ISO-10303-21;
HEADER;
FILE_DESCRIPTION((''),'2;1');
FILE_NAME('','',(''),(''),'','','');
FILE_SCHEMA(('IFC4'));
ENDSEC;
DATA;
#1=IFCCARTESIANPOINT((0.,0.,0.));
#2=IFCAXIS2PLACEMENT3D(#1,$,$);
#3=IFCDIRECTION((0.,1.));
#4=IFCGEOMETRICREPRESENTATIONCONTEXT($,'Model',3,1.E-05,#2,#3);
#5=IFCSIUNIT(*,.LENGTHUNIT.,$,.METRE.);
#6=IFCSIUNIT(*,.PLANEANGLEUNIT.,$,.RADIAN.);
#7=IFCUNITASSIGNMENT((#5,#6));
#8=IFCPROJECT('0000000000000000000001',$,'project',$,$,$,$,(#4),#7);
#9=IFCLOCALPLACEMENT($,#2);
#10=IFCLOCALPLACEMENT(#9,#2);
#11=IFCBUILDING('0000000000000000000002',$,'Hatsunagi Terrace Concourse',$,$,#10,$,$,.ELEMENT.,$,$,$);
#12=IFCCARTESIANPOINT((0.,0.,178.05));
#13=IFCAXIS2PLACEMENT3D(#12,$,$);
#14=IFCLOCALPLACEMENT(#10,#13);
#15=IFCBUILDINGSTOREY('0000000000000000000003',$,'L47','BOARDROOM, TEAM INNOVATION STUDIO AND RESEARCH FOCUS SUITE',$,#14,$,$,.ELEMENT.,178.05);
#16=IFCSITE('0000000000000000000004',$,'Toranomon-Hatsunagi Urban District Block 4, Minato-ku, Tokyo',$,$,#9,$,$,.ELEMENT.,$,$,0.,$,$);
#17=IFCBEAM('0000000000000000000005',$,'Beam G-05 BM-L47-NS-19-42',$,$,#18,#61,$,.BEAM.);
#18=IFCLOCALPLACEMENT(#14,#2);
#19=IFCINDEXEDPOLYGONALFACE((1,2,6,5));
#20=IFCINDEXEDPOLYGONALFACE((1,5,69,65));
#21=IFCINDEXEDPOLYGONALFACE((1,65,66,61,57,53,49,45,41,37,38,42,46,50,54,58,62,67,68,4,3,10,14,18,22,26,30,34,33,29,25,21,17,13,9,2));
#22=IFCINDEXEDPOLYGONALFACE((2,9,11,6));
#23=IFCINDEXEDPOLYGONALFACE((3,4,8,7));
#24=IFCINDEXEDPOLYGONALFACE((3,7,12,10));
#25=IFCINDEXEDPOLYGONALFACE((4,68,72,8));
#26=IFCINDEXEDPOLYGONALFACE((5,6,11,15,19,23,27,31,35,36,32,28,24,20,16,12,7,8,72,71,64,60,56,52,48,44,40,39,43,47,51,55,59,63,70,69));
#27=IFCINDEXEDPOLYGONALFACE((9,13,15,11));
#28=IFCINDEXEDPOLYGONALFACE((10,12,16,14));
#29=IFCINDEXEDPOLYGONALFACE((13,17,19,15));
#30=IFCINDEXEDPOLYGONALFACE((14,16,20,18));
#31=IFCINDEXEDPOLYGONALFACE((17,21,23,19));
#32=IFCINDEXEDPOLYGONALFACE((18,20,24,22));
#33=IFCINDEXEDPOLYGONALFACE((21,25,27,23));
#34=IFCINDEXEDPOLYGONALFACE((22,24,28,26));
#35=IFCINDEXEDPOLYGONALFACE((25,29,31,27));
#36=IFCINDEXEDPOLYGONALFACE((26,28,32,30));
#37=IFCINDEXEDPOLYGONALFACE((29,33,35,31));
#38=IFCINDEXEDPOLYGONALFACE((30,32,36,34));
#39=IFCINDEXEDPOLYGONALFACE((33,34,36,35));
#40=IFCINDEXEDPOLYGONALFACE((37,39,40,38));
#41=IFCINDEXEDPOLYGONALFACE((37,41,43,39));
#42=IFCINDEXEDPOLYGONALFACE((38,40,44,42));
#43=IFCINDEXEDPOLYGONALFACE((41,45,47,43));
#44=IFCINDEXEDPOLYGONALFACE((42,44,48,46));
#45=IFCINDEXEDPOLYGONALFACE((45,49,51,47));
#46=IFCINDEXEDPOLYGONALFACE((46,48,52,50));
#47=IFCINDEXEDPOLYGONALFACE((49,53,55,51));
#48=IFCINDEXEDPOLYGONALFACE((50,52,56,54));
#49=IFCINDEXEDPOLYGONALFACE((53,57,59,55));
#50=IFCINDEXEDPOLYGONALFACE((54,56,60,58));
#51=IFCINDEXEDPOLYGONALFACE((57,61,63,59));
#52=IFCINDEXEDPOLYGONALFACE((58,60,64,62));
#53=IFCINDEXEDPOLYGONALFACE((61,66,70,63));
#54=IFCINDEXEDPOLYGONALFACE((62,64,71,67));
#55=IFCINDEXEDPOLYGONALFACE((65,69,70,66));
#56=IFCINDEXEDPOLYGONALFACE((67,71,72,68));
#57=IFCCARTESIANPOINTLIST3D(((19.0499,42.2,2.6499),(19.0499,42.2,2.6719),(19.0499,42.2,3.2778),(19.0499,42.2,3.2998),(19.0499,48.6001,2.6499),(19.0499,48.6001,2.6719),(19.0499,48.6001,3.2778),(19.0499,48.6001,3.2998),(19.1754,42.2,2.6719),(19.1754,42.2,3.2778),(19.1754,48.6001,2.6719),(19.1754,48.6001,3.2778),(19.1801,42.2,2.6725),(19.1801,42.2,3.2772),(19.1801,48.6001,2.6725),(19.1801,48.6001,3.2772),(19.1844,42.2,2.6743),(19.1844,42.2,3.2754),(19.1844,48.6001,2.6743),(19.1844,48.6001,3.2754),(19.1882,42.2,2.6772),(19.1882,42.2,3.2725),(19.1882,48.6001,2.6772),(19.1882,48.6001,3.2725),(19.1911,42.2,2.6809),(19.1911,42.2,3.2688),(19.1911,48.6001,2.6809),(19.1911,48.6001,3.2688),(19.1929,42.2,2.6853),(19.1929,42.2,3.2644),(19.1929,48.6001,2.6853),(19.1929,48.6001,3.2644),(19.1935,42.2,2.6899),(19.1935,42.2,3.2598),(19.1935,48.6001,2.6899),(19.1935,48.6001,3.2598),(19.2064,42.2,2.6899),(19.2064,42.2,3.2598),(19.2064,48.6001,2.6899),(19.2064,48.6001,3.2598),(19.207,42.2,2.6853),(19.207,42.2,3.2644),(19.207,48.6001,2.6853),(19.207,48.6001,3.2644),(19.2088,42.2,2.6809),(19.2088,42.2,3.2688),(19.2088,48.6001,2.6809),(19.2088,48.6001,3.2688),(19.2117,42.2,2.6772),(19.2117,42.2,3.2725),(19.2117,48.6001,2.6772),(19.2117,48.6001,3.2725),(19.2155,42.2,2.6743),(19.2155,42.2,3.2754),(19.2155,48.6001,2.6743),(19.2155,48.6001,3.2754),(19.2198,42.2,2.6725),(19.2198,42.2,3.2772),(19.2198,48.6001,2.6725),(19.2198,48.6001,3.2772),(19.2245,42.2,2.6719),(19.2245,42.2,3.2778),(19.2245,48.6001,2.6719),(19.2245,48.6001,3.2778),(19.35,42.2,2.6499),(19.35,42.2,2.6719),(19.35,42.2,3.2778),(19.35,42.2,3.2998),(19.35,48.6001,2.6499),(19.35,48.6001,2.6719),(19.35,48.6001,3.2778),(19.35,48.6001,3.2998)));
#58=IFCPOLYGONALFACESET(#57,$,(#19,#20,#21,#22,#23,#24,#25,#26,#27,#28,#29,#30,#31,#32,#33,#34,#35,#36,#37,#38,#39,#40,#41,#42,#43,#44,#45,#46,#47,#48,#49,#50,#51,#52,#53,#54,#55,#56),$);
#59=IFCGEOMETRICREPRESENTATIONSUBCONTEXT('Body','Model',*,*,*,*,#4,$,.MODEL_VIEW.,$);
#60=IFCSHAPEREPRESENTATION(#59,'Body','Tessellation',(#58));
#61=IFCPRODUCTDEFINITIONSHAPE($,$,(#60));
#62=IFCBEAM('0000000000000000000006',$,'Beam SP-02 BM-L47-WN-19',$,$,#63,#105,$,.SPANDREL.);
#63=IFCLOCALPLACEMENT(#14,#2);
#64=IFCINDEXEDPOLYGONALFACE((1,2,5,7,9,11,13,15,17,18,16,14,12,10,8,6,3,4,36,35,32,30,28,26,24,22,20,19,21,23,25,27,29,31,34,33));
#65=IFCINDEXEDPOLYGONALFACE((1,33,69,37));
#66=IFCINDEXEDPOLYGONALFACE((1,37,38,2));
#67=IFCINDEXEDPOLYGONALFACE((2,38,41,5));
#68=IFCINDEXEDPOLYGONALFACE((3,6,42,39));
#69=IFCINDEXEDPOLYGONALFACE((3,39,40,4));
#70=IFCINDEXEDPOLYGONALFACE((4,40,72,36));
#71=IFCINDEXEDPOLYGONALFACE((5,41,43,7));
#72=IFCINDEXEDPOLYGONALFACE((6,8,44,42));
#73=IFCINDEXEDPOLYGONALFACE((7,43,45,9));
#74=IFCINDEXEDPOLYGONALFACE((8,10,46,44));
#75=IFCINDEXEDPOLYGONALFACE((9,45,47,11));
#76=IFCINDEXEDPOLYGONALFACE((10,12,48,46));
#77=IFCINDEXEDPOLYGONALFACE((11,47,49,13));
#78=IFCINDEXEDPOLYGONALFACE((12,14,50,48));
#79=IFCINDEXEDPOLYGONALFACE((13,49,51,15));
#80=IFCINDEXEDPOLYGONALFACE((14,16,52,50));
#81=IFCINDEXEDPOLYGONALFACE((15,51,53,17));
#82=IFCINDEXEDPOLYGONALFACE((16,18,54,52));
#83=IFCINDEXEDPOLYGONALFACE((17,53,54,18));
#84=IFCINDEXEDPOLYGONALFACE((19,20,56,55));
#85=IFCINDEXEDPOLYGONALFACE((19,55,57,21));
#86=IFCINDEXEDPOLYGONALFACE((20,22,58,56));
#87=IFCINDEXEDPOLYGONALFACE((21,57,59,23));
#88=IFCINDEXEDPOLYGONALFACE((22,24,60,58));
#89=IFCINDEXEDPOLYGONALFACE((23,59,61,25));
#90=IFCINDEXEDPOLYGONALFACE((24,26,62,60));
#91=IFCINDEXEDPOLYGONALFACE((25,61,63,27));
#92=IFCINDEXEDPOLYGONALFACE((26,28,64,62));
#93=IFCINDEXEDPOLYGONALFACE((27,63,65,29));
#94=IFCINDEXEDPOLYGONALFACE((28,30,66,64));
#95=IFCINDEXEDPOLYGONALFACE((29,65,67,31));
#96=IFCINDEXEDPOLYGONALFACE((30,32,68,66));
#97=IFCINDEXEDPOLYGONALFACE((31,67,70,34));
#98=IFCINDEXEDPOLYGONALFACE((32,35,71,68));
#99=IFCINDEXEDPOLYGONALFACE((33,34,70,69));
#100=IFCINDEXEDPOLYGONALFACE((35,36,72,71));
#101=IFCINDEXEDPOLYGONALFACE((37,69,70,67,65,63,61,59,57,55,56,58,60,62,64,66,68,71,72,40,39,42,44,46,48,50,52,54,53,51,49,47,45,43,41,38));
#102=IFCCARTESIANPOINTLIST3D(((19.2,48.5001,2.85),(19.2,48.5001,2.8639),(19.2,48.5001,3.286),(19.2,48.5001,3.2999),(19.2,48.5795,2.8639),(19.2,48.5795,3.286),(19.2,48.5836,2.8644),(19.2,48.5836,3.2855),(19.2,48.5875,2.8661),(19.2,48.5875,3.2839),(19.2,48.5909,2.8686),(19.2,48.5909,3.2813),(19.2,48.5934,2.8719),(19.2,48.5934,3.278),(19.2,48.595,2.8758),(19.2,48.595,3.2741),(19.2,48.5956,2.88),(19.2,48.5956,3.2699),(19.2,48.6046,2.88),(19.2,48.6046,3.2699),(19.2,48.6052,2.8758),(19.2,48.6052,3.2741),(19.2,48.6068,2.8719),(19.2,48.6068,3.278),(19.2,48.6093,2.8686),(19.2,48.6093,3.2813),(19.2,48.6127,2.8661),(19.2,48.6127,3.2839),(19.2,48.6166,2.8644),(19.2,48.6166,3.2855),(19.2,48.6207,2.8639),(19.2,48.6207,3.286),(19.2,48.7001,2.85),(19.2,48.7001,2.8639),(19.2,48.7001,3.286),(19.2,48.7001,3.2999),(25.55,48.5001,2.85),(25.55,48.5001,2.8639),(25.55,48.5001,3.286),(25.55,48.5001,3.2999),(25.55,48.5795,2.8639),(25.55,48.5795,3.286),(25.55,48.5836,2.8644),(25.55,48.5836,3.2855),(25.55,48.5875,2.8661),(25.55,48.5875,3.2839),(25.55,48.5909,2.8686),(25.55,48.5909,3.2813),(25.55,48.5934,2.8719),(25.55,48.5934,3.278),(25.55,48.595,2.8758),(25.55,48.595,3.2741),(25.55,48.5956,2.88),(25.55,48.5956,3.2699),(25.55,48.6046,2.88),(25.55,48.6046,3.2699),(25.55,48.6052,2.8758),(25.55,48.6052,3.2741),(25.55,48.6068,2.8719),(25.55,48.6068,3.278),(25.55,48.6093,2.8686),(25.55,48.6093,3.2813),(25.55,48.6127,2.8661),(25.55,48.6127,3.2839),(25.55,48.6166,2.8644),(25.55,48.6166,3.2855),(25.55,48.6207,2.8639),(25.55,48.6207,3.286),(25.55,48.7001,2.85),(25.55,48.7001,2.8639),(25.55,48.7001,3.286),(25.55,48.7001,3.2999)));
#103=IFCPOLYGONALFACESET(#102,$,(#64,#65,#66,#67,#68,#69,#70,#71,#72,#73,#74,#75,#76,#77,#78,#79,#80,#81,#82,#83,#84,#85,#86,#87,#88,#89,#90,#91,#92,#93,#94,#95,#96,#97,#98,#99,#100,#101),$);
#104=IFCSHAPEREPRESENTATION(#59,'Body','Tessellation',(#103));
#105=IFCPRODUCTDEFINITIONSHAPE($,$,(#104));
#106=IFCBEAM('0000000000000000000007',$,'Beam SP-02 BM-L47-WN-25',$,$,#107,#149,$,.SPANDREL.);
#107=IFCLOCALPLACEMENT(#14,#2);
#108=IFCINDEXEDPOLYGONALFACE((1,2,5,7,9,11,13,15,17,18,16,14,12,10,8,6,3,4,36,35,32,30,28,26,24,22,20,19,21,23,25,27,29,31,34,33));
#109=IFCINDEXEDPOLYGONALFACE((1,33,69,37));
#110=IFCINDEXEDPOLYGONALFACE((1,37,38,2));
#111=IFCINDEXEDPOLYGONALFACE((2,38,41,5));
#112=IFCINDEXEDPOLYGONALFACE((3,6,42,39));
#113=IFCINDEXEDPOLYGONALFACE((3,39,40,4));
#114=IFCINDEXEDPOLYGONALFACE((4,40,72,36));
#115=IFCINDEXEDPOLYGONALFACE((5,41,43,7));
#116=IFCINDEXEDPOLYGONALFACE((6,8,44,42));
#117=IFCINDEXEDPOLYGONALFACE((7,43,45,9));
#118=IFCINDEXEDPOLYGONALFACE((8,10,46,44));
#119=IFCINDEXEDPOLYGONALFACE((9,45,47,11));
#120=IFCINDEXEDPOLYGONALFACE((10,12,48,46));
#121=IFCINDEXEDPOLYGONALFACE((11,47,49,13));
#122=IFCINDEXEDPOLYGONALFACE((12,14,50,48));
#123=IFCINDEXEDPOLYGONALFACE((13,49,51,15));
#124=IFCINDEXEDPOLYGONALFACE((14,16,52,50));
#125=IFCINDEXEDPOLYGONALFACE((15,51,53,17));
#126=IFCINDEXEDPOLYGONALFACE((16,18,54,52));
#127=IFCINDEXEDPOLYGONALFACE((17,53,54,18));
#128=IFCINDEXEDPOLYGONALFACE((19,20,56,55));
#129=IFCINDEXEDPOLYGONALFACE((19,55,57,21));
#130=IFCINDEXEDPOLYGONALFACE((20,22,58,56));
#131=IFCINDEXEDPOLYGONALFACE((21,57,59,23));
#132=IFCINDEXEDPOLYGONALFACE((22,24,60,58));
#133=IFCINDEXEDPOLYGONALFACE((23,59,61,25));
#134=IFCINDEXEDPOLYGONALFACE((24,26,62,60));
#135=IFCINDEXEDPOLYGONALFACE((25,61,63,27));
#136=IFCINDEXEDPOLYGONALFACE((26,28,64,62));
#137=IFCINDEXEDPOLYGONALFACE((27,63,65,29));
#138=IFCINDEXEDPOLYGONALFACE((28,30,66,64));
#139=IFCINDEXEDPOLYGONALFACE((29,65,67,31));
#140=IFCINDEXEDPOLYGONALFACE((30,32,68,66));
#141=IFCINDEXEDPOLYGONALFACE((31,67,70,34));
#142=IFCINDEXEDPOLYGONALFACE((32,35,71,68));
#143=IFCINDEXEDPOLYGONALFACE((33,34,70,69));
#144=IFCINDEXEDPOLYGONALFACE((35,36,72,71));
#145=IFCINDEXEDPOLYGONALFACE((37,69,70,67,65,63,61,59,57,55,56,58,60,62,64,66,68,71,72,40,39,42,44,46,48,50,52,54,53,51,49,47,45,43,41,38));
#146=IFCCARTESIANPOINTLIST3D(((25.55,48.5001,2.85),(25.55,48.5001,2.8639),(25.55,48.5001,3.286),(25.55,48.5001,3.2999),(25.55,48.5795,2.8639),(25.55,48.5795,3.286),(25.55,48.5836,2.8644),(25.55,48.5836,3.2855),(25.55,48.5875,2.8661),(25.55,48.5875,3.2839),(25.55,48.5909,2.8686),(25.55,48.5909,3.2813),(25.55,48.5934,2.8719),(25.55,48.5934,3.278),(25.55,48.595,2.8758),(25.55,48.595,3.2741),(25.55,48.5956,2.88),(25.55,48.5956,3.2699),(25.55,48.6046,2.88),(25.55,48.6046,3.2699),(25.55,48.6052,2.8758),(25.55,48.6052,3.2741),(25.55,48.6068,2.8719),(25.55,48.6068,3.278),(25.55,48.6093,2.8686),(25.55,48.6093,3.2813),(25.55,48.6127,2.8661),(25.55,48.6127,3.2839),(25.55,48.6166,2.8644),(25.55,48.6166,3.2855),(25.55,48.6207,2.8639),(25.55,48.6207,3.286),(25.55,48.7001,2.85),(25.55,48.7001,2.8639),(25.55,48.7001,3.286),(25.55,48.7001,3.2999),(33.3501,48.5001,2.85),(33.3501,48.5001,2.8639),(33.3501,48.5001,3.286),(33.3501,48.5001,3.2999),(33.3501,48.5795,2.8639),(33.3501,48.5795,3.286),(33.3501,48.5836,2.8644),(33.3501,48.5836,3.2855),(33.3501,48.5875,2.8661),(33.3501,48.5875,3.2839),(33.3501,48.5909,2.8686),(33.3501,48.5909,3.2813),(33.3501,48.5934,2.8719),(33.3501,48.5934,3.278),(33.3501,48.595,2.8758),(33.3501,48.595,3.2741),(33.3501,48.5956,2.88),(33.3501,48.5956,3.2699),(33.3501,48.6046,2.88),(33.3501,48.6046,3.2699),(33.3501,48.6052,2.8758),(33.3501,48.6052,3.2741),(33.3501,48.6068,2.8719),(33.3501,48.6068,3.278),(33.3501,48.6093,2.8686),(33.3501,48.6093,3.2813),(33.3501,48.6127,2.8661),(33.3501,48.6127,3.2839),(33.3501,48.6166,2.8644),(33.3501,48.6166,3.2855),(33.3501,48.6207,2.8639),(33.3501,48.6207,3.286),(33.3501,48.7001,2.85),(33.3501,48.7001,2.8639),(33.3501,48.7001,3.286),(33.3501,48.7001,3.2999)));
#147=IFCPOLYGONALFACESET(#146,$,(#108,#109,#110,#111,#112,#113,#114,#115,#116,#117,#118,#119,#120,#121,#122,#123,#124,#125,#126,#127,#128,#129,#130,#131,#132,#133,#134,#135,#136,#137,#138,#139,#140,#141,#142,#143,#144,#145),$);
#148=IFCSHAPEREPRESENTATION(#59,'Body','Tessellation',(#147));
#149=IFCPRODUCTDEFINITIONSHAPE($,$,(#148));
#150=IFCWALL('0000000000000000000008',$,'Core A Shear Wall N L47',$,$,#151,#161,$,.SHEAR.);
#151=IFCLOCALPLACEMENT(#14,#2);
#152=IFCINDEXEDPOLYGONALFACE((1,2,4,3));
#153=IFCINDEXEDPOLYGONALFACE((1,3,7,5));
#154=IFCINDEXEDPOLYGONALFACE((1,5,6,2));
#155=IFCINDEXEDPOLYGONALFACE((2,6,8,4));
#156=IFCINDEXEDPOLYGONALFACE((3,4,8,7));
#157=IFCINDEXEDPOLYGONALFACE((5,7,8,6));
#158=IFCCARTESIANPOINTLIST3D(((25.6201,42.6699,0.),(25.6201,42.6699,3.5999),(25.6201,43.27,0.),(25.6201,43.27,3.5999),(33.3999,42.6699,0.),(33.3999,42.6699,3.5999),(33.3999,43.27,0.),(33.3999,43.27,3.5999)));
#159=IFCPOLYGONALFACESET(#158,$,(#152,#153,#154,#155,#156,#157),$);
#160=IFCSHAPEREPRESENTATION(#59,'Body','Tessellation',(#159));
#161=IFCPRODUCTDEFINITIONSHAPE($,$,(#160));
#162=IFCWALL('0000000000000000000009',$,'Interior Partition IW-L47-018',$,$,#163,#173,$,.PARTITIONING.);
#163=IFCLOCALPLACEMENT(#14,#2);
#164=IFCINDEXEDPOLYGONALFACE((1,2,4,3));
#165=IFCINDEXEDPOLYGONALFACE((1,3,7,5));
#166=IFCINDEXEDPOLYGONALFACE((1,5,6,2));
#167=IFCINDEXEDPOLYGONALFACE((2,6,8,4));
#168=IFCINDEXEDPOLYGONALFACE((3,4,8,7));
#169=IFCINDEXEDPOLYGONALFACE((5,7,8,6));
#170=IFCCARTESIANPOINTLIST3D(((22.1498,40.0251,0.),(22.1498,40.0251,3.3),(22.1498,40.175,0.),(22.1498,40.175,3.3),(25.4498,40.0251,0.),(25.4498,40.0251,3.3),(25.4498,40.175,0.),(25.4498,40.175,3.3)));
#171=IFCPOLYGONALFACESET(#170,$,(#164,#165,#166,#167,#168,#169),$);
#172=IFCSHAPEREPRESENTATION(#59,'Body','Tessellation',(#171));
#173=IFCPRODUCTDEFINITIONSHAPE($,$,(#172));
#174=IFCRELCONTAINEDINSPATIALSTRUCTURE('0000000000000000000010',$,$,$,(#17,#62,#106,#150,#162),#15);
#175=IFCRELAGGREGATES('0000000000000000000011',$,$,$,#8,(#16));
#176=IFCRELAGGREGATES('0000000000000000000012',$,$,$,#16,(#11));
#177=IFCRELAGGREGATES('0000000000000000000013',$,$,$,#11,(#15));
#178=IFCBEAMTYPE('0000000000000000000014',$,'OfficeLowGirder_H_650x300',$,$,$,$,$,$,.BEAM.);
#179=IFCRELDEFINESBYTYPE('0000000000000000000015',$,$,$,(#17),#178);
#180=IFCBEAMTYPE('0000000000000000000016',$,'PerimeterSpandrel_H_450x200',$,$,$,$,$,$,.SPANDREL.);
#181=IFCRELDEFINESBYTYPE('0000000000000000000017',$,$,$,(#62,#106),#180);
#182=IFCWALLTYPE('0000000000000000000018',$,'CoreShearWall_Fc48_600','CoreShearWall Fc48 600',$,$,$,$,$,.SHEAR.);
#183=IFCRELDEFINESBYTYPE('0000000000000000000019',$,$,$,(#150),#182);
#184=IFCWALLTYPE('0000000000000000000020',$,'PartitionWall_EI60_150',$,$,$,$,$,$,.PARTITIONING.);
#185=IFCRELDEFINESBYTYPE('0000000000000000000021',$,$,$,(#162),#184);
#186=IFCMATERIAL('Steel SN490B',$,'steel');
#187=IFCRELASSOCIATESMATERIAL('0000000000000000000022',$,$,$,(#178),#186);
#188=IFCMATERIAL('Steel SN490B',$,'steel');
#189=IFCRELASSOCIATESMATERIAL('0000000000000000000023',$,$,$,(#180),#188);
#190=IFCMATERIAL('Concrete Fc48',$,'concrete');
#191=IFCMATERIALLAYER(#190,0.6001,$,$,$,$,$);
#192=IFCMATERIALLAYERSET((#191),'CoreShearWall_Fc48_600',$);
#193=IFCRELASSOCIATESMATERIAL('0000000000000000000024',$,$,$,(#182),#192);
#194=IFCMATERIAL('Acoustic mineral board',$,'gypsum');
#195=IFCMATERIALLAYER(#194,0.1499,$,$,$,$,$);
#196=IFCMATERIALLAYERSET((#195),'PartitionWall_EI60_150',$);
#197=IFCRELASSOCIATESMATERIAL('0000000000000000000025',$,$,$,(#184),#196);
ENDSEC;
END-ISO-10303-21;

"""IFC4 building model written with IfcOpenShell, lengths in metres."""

from ifc_helpers import new_model, si_unit, direction, frame, frame_2d, origin, origin_2d, place, context, subcontext, project, spatial, rectangle, i_section, extrude, material, layer, layer_set, material_profile, profile_set, type_object, element, save


model = new_model("IFC4")

# Units and contexts
model_context = context("Model", 3, precision=1e-05, world=origin(), true_north=direction((0.0, 1.0)))
body_context = subcontext(model_context, "Body", "Model", "MODEL_VIEW")
ifc_project = project(units=[si_unit("LENGTHUNIT", "METRE"), si_unit("PLANEANGLEUNIT", "RADIAN")], contexts=[model_context])

# Site, building, storey
site_placement = place(None, origin())
site = spatial("IfcSite", under=ifc_project, at=site_placement, Name="Toranomon-Hatsunagi Urban District Block 4, Minato-ku, Tokyo", CompositionType="ELEMENT", RefElevation=0.0)
building_placement = place(site_placement, origin())
building = spatial("IfcBuilding", under=site, at=building_placement, Name="Hatsunagi Terrace Concourse", CompositionType="ELEMENT")
storey_placement = place(building_placement, frame((0.0, 0.0, 178.05)))
storey = spatial("IfcBuildingStorey", under=building, at=storey_placement, Name="L47", Description="BOARDROOM, TEAM INNOVATION STUDIO AND RESEARCH FOCUS SUITE", CompositionType="ELEMENT", Elevation=178.05)

# Beams
ifc_material_1 = material(Name="Steel SN490B", Category="steel")
ifc_material_profile_1 = material_profile(ifc_material_1, i_section(OverallWidth=0.3, OverallDepth=0.6499, WebThickness=0.0129, FlangeThickness=0.022, FilletRadius=0.0181, at=origin_2d()), Name="H-650x300x13x22")
ifc_profile_set_1 = profile_set([ifc_material_profile_1], Name="Steel SN490B")
beam_type_1 = type_object("IfcBeamType", Name="OfficeLowGirder_H_650x300", PredefinedType="BEAM", material=ifc_profile_set_1)
beam_1_placement = place(storey_placement, frame((19.2, 42.2, 2.9749), z_axis=(0.0, 1.0, 0.0), x_axis=(-1.0, 0.0, 0.0)))
element("IfcBeam", 1, at=beam_1_placement, inside=storey, type_object=beam_type_1, Name="Beam G-05 BM-L47-NS-19-42", PredefinedType="BEAM", context=body_context, shape_type="SweptSolid", body=[
    extrude(i_section(OverallWidth=0.3, OverallDepth=0.6499, WebThickness=0.0129, FlangeThickness=0.022, FilletRadius=0.0181, at=origin_2d()), origin(), (0.0, 0.0, 1.0), 6.4001),
])
ifc_material_2 = material(Name="Steel SN490B", Category="steel")
ifc_material_profile_2 = material_profile(ifc_material_2, i_section(OverallWidth=0.2, OverallDepth=0.45, WebThickness=0.009, FlangeThickness=0.0139, FilletRadius=0.0161, at=origin_2d()), Name="H-450x200x9x14")
ifc_profile_set_2 = profile_set([ifc_material_profile_2], Name="Steel SN490B")
beam_type_2 = type_object("IfcBeamType", Name="PerimeterSpandrel_H_450x200", PredefinedType="SPANDREL", material=ifc_profile_set_2)
beam_2_placement = place(storey_placement, frame((19.2, 48.6001, 3.075), z_axis=(1.0, 0.0, 0.0), x_axis=(0.0, 1.0, 0.0)))
element("IfcBeam", 2, at=beam_2_placement, inside=storey, type_object=beam_type_2, Name="Beam SP-02 BM-L47-WN-19", PredefinedType="SPANDREL", context=body_context, shape_type="SweptSolid", body=[
    extrude(i_section(OverallWidth=0.2, OverallDepth=0.45, WebThickness=0.009, FlangeThickness=0.0139, FilletRadius=0.0161, at=origin_2d()), origin(), (0.0, 0.0, 1.0), 6.3501),
])
beam_3_placement = place(storey_placement, frame((25.55, 48.6001, 3.075), z_axis=(1.0, 0.0, 0.0), x_axis=(0.0, 1.0, 0.0)))
element("IfcBeam", 3, at=beam_3_placement, inside=storey, type_object=beam_type_2, Name="Beam SP-02 BM-L47-WN-25", PredefinedType="SPANDREL", context=body_context, shape_type="SweptSolid", body=[
    extrude(i_section(OverallWidth=0.2, OverallDepth=0.45, WebThickness=0.009, FlangeThickness=0.0139, FilletRadius=0.0161, at=origin_2d()), origin(), (0.0, 0.0, 1.0), 7.8),
])

# Walls
ifc_material_3 = material(Name="Concrete Fc48", Category="concrete")
ifc_layer_1 = layer(ifc_material_3, 0.6001)
ifc_layer_set_1 = layer_set([ifc_layer_1], Name="CoreShearWall_Fc48_600")
wall_type_1 = type_object("IfcWallType", Name="CoreShearWall_Fc48_600", Description="CoreShearWall Fc48 600", PredefinedType="SHEAR", material=ifc_layer_set_1)
wall_1_placement = place(storey_placement, frame((25.6201, 42.97, 0.0), z_axis=(0.0, 0.0, 1.0), x_axis=(1.0, 0.0, 0.0)))
element("IfcWall", 4, at=wall_1_placement, inside=storey, type_object=wall_type_1, Name="Core A Shear Wall N L47", PredefinedType="SHEAR", context=body_context, shape_type="SweptSolid", body=[
    extrude(rectangle(XDim=7.7798, YDim=0.6001, at=frame_2d((3.8899, 0.0))), origin(), (0.0, 0.0, 1.0), 3.5999),
])
ifc_material_4 = material(Name="Acoustic mineral board", Category="gypsum")
ifc_layer_2 = layer(ifc_material_4, 0.1499)
ifc_layer_set_2 = layer_set([ifc_layer_2], Name="PartitionWall_EI60_150")
wall_type_2 = type_object("IfcWallType", Name="PartitionWall_EI60_150", PredefinedType="PARTITIONING", material=ifc_layer_set_2)
wall_2_placement = place(storey_placement, frame((22.1499, 40.1001, 0.0), z_axis=(0.0, 0.0, 1.0), x_axis=(1.0, 0.0, 0.0)))
element("IfcWall", 5, at=wall_2_placement, inside=storey, type_object=wall_type_2, Name="Interior Partition IW-L47-018", PredefinedType="PARTITIONING", context=body_context, shape_type="SweptSolid", body=[
    extrude(rectangle(XDim=3.3, YDim=0.1499, at=frame_2d((1.6499, 0.0))), origin(), (0.0, 0.0, 1.0), 3.3),
])

save(model, "model.ifc")
